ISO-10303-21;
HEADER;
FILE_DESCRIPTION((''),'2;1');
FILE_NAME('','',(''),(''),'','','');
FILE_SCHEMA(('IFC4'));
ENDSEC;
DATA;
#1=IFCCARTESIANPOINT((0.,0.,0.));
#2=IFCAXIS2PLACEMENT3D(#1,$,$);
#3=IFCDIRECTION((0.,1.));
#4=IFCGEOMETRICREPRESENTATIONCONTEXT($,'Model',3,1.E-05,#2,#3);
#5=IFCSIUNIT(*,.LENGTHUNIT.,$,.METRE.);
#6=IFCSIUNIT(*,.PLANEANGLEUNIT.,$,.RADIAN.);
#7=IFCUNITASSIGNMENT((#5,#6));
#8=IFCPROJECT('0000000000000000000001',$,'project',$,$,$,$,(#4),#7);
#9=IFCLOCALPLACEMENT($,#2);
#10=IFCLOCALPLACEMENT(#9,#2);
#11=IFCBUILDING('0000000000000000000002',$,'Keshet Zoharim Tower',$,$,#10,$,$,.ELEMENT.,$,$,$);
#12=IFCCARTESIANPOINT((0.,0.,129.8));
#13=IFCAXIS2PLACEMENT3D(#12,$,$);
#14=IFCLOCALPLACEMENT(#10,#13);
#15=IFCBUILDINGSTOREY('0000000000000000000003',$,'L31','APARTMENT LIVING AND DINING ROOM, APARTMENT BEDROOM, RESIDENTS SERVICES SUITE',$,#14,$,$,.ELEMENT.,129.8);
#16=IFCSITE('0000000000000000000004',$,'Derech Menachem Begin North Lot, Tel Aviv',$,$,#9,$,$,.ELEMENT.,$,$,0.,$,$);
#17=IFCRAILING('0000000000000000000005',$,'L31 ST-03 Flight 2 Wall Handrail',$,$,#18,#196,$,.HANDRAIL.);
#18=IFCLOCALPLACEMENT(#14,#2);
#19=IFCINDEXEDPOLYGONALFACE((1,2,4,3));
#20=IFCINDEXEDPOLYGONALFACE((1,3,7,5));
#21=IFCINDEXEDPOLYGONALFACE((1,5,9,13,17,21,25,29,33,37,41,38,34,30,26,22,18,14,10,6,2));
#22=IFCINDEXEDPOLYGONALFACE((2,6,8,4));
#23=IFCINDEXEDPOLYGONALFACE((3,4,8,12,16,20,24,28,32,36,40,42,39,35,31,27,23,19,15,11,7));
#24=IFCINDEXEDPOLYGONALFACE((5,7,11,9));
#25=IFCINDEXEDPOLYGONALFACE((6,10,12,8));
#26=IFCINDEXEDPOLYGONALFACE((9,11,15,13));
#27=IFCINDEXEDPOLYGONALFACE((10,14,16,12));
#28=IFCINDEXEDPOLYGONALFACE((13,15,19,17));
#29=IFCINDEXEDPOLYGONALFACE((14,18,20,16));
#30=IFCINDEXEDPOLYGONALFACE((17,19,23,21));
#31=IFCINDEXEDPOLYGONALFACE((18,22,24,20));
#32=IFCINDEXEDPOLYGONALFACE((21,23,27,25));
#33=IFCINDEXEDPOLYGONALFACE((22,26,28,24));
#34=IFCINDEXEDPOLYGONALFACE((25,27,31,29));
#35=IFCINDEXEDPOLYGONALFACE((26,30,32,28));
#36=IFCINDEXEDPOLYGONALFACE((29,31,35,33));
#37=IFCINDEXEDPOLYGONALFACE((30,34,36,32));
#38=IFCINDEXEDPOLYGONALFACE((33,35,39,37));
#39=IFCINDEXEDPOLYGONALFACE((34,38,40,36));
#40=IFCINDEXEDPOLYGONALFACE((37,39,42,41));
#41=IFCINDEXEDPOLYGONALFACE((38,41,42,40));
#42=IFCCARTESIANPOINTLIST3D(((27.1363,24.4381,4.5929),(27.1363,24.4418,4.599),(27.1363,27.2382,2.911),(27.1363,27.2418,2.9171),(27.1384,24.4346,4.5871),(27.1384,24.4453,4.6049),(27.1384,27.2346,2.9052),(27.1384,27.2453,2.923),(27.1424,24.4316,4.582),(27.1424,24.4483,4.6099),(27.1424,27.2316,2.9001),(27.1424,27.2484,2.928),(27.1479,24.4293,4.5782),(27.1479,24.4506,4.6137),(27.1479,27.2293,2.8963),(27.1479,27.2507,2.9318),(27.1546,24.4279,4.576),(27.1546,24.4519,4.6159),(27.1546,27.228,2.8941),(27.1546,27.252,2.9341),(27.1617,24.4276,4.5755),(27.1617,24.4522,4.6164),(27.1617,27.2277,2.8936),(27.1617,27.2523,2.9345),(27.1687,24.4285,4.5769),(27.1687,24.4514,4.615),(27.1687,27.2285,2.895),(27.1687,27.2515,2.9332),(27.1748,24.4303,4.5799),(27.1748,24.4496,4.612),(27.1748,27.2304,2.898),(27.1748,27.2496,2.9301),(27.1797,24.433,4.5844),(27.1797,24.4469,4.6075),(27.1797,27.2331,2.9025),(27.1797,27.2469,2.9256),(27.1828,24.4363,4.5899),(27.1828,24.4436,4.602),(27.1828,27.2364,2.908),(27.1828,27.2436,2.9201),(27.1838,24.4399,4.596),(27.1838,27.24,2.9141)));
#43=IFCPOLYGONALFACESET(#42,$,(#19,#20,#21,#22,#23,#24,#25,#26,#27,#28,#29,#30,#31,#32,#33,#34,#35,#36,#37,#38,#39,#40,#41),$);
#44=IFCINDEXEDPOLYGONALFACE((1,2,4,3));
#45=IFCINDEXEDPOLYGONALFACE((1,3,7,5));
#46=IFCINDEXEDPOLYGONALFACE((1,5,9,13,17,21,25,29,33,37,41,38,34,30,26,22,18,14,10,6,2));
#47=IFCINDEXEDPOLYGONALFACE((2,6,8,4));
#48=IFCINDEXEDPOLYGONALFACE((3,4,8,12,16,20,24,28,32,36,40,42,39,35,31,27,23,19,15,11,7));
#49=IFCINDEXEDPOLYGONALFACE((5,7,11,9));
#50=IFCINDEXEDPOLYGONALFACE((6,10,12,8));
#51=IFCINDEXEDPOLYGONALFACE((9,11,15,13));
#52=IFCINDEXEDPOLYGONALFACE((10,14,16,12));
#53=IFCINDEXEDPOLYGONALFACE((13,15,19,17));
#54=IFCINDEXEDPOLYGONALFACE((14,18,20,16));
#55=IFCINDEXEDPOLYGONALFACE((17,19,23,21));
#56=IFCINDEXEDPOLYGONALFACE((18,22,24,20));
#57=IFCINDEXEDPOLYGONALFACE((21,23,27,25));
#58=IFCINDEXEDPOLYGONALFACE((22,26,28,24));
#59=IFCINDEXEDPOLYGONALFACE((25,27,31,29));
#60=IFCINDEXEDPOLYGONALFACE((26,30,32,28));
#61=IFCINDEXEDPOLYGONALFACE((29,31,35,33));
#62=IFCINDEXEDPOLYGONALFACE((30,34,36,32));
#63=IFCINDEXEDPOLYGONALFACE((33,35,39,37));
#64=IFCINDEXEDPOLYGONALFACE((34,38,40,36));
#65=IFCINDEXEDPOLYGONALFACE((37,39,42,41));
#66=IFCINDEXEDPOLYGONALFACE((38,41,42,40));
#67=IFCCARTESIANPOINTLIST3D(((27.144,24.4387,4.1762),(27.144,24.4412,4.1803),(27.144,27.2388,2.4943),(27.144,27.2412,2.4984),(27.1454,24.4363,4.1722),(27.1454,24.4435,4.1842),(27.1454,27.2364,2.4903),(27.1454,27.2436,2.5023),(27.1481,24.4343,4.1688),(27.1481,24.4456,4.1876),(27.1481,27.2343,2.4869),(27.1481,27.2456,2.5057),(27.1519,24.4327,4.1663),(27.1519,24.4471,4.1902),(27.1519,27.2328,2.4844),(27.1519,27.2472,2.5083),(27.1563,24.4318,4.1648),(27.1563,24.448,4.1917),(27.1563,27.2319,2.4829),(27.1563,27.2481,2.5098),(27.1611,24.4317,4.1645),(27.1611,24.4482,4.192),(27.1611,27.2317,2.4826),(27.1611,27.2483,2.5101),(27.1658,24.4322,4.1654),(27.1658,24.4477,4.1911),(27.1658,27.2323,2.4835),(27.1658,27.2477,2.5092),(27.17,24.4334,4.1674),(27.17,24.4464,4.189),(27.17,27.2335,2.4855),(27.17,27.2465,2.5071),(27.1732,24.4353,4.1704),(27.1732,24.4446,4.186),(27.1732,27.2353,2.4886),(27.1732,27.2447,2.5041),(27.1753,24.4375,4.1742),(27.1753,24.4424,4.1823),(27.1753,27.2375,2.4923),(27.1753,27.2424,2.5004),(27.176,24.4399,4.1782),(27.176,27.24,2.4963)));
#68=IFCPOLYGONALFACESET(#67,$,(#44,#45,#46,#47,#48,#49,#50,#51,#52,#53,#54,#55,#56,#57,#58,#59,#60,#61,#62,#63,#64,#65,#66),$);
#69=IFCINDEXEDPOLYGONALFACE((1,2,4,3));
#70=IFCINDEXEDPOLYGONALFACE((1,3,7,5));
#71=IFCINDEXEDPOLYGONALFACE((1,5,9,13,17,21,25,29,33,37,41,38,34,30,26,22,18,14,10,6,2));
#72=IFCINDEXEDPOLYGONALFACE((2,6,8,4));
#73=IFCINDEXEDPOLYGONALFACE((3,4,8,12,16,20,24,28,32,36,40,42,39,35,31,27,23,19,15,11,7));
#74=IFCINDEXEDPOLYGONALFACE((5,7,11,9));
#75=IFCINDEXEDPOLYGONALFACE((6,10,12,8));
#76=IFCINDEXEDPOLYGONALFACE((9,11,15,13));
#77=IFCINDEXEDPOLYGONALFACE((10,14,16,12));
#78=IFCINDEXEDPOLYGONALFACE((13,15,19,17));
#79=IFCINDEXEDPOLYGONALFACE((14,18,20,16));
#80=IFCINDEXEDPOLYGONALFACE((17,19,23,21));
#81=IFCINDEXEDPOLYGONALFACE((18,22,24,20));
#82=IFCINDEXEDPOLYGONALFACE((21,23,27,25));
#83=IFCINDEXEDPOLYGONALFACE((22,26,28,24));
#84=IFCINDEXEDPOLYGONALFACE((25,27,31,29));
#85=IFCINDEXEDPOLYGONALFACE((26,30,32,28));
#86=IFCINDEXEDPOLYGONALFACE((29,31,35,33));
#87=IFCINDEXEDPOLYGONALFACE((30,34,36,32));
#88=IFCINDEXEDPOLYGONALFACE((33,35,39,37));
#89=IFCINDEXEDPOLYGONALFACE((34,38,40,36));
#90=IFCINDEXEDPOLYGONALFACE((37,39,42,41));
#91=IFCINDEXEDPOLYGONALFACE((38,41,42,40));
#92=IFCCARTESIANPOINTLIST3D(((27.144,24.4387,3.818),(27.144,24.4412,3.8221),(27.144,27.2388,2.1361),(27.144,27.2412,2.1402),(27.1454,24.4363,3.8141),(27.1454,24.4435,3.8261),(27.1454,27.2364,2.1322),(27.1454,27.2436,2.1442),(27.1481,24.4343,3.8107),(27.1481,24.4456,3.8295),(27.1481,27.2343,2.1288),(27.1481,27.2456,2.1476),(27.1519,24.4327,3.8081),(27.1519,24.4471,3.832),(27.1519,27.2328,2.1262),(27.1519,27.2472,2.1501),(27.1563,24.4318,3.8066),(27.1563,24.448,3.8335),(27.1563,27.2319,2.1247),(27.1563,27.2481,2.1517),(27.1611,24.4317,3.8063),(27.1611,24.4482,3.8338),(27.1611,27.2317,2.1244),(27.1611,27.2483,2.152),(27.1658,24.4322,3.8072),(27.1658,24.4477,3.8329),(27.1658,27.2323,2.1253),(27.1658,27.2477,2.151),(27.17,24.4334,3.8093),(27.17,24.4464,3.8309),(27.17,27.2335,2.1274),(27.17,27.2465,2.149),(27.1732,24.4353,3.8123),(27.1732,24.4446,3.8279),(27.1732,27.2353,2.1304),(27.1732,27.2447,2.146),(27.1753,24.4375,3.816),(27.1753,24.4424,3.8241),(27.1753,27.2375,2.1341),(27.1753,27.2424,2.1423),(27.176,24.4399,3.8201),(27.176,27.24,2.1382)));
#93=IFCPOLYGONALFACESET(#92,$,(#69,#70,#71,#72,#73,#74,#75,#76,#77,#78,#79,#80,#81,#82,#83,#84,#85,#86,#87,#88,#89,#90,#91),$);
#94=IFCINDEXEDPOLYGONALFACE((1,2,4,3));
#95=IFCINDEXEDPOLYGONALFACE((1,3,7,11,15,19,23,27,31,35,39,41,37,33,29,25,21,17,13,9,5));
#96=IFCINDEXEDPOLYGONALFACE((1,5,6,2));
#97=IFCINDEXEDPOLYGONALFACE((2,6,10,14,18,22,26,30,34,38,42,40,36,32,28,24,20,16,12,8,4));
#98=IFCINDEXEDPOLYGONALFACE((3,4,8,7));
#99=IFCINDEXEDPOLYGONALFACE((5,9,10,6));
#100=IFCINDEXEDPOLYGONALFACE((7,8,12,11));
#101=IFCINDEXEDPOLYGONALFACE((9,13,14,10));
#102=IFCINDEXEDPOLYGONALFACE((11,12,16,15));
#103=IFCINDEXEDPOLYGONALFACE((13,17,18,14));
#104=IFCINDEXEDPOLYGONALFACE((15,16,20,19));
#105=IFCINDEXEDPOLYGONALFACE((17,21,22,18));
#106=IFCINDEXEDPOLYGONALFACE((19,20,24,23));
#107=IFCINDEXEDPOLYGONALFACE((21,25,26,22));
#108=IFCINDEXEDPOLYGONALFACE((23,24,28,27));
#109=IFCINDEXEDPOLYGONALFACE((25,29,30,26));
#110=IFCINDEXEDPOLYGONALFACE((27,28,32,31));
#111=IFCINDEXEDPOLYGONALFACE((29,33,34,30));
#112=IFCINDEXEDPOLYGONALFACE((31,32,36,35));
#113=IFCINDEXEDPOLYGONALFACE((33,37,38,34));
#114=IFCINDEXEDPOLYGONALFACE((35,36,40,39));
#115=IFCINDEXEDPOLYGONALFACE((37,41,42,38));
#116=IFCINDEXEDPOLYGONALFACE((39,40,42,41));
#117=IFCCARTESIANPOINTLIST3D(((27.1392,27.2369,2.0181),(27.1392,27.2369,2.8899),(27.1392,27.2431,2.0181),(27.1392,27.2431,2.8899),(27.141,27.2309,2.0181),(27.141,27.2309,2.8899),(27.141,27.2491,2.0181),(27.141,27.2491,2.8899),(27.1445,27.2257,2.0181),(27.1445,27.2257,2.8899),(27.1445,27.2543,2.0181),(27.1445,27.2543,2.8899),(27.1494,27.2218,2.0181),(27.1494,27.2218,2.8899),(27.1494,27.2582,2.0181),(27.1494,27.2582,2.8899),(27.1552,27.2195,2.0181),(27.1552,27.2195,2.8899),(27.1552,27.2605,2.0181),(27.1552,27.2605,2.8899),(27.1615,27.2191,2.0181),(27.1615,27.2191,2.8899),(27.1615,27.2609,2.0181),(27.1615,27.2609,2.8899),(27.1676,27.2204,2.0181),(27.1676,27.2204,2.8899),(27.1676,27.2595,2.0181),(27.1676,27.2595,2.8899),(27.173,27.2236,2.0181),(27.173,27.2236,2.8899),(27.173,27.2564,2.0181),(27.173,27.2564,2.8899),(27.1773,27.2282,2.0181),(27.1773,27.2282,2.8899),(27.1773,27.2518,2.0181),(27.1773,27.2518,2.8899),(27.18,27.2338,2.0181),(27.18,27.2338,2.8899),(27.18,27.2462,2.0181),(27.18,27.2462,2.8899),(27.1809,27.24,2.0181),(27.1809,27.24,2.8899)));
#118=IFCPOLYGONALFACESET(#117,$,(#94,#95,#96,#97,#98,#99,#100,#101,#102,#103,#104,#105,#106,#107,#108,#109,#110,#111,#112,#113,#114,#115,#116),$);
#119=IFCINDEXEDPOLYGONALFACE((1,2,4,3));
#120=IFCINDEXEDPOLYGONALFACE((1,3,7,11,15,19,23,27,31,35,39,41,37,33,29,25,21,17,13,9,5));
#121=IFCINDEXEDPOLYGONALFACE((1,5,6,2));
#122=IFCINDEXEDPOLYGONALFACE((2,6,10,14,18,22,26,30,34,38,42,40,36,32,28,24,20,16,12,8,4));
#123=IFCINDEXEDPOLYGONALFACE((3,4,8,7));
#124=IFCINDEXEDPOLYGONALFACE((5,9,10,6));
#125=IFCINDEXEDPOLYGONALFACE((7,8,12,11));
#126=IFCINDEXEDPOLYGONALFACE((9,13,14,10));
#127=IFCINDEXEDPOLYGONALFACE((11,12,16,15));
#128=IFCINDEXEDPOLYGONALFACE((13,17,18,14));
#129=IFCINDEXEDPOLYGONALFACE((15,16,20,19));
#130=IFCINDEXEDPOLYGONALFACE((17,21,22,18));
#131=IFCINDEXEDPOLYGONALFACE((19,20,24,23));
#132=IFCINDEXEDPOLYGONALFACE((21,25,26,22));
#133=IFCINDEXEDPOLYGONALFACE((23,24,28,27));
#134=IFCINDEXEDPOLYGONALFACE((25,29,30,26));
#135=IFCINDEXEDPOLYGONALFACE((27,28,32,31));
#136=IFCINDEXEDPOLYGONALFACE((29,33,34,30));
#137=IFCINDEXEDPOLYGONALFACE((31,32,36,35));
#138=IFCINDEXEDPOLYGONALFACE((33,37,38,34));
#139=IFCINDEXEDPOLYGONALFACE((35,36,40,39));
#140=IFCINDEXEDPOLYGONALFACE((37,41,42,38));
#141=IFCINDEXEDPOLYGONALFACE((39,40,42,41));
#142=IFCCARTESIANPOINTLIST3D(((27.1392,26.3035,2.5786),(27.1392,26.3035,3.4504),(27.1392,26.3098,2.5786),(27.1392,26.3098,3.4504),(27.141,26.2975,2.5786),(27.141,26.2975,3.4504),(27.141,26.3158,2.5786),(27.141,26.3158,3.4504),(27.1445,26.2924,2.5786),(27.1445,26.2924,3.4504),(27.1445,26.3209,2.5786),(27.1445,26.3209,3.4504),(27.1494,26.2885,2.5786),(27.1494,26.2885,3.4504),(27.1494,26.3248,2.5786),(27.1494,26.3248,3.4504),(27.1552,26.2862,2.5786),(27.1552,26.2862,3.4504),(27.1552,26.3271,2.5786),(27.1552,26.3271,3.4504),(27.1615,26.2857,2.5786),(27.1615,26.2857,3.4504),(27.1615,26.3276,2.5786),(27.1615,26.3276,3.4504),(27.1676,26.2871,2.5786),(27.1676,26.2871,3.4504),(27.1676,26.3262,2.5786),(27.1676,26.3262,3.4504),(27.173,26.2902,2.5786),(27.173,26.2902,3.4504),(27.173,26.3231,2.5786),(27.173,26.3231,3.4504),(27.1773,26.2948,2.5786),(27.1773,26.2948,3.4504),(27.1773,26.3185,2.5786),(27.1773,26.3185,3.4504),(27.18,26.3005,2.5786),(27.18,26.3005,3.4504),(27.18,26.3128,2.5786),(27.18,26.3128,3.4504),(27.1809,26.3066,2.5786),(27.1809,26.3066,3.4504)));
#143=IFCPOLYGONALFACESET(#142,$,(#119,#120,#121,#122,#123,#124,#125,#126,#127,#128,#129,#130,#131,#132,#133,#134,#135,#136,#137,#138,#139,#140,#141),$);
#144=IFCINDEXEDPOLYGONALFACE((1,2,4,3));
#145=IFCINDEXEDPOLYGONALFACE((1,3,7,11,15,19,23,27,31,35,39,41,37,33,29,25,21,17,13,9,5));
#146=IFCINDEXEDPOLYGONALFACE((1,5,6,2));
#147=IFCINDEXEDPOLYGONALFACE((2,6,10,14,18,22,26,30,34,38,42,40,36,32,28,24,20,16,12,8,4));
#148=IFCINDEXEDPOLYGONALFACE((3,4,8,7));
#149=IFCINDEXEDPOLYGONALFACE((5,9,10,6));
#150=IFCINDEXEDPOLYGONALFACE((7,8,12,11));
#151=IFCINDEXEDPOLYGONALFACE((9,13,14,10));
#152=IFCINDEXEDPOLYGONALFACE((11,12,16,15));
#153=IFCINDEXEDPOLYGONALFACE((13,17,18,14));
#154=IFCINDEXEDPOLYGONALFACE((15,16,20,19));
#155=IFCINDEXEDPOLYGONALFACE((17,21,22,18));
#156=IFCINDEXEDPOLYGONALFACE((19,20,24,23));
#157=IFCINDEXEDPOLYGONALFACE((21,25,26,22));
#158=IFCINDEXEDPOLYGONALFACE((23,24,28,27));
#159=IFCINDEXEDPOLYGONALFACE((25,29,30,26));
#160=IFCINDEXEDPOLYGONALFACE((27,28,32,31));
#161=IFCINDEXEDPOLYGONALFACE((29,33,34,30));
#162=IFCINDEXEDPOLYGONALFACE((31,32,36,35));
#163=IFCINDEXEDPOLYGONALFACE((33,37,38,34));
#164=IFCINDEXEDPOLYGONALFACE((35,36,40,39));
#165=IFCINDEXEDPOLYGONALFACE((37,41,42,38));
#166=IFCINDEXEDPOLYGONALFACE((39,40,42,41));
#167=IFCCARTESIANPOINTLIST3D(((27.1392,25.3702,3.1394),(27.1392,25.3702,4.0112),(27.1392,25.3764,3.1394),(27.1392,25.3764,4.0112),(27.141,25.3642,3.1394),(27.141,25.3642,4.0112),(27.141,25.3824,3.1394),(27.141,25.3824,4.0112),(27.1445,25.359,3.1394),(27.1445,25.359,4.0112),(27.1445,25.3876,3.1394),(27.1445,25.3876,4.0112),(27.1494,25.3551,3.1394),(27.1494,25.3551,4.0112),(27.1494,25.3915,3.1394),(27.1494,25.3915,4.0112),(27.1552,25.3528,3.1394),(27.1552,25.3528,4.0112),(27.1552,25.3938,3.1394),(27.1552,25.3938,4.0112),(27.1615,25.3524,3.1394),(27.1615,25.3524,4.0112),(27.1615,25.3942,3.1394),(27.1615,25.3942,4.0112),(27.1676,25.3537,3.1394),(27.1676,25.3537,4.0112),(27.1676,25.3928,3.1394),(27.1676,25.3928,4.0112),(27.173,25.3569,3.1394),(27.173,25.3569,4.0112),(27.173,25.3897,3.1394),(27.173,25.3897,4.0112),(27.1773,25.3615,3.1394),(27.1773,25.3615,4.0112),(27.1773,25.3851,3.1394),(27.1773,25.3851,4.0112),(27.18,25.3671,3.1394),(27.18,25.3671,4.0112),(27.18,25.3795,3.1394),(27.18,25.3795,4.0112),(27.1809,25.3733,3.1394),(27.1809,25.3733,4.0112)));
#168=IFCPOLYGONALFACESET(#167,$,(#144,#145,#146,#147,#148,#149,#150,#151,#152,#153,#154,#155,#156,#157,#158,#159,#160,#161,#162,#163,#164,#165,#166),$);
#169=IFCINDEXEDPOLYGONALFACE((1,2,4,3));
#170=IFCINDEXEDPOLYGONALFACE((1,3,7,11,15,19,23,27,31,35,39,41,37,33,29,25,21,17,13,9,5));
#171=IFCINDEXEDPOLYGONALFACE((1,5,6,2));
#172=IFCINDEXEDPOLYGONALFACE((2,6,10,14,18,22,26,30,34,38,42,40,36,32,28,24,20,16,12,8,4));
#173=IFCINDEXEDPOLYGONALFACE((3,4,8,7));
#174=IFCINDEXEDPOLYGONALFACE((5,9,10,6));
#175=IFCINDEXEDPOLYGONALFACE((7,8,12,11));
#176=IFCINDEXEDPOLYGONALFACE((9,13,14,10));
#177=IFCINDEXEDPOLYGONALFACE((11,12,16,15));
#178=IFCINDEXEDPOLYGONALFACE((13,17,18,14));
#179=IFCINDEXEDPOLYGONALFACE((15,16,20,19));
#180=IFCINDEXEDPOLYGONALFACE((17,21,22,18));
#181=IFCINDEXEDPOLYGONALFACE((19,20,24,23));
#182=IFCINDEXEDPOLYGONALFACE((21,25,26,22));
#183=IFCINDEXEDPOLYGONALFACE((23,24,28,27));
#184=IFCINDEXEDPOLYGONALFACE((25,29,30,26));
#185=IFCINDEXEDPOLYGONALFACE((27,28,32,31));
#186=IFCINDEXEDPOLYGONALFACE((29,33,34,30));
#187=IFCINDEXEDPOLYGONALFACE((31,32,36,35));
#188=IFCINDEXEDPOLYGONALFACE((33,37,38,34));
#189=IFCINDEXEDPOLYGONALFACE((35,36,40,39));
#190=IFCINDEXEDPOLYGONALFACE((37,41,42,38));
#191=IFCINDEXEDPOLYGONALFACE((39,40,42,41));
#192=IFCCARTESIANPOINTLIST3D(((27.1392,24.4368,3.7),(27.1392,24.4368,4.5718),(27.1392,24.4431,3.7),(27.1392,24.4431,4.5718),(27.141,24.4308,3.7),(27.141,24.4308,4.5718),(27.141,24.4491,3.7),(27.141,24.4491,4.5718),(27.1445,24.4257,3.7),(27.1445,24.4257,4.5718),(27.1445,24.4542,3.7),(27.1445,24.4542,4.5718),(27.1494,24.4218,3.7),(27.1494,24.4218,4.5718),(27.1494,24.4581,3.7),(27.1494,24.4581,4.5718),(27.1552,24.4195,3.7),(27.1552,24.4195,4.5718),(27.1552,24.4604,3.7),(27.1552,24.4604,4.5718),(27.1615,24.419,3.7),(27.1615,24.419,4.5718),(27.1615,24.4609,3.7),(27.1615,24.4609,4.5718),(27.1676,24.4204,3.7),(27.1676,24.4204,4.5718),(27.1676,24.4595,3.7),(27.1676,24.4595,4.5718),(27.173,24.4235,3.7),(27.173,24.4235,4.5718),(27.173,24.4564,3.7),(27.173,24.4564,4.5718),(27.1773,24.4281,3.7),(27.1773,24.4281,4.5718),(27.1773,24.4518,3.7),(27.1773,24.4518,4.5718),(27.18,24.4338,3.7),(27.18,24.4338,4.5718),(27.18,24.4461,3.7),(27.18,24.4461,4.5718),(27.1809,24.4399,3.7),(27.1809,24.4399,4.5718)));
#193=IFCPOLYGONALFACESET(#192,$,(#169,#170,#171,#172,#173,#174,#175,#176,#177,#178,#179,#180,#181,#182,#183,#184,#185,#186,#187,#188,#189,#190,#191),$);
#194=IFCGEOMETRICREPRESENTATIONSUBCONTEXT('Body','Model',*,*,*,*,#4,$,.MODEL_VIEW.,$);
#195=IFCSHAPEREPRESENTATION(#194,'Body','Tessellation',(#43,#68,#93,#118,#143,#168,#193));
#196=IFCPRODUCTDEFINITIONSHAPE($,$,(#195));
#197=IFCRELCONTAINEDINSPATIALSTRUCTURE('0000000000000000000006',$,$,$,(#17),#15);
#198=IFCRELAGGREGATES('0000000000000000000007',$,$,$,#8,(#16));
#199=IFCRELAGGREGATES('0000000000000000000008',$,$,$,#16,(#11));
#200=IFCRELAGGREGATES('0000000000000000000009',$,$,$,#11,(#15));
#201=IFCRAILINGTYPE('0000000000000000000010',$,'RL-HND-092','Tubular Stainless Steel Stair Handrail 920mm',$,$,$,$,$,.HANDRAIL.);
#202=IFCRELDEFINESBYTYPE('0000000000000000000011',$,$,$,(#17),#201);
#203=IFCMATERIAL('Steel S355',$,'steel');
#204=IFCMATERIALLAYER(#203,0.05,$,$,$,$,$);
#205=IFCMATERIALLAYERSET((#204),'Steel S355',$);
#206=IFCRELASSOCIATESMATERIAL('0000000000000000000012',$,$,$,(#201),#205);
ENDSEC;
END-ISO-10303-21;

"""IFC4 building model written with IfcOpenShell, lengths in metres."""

from ifc_helpers import new_model, si_unit, direction, frame, origin, origin_2d, place, context, subcontext, project, spatial, circle, extrude, material, layer, layer_set, type_object, element, save


model = new_model("IFC4")

# Units and contexts
model_context = context("Model", 3, precision=1e-05, world=origin(), true_north=direction((0.0, 1.0)))
body_context = subcontext(model_context, "Body", "Model", "MODEL_VIEW")
ifc_project = project(units=[si_unit("LENGTHUNIT", "METRE"), si_unit("PLANEANGLEUNIT", "RADIAN")], contexts=[model_context])

# Site, building, storey
site_placement = place(None, origin())
site = spatial("IfcSite", under=ifc_project, at=site_placement, Name="Derech Menachem Begin North Lot, Tel Aviv", CompositionType="ELEMENT", RefElevation=0.0)
building_placement = place(site_placement, origin())
building = spatial("IfcBuilding", under=site, at=building_placement, Name="Keshet Zoharim Tower", CompositionType="ELEMENT")
storey_placement = place(building_placement, frame((0.0, 0.0, 129.8)))
storey = spatial("IfcBuildingStorey", under=building, at=storey_placement, Name="L31", Description="APARTMENT LIVING AND DINING ROOM, APARTMENT BEDROOM, RESIDENTS SERVICES SUITE", CompositionType="ELEMENT", Elevation=129.8)

# Shared definitions
ifc_material_1 = material(Name="Steel S355", Category="steel")

# Railing
ifc_layer_1 = layer(ifc_material_1, 0.05)
ifc_layer_set_1 = layer_set([ifc_layer_1], Name="Steel S355")
railing_type = type_object("IfcRailingType", Name="RL-HND-092", Description="Tubular Stainless Steel Stair Handrail 920mm", PredefinedType="HANDRAIL", material=ifc_layer_set_1)
railing_placement = place(storey_placement, frame((27.1599, 27.24, 2.0181)))
element("IfcRailing", 1, at=railing_placement, inside=storey, type_object=railing_type, Name="L31 ST-03 Flight 2 Wall Handrail", PredefinedType="HANDRAIL", context=body_context, shape_type="SweptSolid", body=[
    extrude(circle(Radius=0.0239, at=origin_2d()), frame((0.0, 0.0, 0.896), z_axis=(0.0, -0.857242, 0.514913), x_axis=(1.0, 0.0, 0.0)), (0.0, 0.0, 1.0), 3.2664),
    extrude(circle(Radius=0.0161, at=origin_2d()), frame((0.0, 0.0, 0.4783), z_axis=(0.0, -0.857242, 0.514913), x_axis=(1.0, 0.0, 0.0)), (0.0, 0.0, 1.0), 3.2664),
    extrude(circle(Radius=0.0161, at=origin_2d()), frame((0.0, 0.0, 0.1201), z_axis=(0.0, -0.857242, 0.514913), x_axis=(1.0, 0.0, 0.0)), (0.0, 0.0, 1.0), 3.2664),
    extrude(circle(Radius=0.021, at=origin_2d()), origin(), (0.0, 0.0, 1.0), 0.8718),
    extrude(circle(Radius=0.021, at=origin_2d()), frame((0.0, -0.9333, 0.5605)), (0.0, 0.0, 1.0), 0.8718),
    extrude(circle(Radius=0.021, at=origin_2d()), frame((0.0, -1.8667, 1.1213)), (0.0, 0.0, 1.0), 0.8718),
    extrude(circle(Radius=0.021, at=origin_2d()), frame((0.0, -2.8, 1.6819)), (0.0, 0.0, 1.0), 0.8718),
])

save(model, "model.ifc")
